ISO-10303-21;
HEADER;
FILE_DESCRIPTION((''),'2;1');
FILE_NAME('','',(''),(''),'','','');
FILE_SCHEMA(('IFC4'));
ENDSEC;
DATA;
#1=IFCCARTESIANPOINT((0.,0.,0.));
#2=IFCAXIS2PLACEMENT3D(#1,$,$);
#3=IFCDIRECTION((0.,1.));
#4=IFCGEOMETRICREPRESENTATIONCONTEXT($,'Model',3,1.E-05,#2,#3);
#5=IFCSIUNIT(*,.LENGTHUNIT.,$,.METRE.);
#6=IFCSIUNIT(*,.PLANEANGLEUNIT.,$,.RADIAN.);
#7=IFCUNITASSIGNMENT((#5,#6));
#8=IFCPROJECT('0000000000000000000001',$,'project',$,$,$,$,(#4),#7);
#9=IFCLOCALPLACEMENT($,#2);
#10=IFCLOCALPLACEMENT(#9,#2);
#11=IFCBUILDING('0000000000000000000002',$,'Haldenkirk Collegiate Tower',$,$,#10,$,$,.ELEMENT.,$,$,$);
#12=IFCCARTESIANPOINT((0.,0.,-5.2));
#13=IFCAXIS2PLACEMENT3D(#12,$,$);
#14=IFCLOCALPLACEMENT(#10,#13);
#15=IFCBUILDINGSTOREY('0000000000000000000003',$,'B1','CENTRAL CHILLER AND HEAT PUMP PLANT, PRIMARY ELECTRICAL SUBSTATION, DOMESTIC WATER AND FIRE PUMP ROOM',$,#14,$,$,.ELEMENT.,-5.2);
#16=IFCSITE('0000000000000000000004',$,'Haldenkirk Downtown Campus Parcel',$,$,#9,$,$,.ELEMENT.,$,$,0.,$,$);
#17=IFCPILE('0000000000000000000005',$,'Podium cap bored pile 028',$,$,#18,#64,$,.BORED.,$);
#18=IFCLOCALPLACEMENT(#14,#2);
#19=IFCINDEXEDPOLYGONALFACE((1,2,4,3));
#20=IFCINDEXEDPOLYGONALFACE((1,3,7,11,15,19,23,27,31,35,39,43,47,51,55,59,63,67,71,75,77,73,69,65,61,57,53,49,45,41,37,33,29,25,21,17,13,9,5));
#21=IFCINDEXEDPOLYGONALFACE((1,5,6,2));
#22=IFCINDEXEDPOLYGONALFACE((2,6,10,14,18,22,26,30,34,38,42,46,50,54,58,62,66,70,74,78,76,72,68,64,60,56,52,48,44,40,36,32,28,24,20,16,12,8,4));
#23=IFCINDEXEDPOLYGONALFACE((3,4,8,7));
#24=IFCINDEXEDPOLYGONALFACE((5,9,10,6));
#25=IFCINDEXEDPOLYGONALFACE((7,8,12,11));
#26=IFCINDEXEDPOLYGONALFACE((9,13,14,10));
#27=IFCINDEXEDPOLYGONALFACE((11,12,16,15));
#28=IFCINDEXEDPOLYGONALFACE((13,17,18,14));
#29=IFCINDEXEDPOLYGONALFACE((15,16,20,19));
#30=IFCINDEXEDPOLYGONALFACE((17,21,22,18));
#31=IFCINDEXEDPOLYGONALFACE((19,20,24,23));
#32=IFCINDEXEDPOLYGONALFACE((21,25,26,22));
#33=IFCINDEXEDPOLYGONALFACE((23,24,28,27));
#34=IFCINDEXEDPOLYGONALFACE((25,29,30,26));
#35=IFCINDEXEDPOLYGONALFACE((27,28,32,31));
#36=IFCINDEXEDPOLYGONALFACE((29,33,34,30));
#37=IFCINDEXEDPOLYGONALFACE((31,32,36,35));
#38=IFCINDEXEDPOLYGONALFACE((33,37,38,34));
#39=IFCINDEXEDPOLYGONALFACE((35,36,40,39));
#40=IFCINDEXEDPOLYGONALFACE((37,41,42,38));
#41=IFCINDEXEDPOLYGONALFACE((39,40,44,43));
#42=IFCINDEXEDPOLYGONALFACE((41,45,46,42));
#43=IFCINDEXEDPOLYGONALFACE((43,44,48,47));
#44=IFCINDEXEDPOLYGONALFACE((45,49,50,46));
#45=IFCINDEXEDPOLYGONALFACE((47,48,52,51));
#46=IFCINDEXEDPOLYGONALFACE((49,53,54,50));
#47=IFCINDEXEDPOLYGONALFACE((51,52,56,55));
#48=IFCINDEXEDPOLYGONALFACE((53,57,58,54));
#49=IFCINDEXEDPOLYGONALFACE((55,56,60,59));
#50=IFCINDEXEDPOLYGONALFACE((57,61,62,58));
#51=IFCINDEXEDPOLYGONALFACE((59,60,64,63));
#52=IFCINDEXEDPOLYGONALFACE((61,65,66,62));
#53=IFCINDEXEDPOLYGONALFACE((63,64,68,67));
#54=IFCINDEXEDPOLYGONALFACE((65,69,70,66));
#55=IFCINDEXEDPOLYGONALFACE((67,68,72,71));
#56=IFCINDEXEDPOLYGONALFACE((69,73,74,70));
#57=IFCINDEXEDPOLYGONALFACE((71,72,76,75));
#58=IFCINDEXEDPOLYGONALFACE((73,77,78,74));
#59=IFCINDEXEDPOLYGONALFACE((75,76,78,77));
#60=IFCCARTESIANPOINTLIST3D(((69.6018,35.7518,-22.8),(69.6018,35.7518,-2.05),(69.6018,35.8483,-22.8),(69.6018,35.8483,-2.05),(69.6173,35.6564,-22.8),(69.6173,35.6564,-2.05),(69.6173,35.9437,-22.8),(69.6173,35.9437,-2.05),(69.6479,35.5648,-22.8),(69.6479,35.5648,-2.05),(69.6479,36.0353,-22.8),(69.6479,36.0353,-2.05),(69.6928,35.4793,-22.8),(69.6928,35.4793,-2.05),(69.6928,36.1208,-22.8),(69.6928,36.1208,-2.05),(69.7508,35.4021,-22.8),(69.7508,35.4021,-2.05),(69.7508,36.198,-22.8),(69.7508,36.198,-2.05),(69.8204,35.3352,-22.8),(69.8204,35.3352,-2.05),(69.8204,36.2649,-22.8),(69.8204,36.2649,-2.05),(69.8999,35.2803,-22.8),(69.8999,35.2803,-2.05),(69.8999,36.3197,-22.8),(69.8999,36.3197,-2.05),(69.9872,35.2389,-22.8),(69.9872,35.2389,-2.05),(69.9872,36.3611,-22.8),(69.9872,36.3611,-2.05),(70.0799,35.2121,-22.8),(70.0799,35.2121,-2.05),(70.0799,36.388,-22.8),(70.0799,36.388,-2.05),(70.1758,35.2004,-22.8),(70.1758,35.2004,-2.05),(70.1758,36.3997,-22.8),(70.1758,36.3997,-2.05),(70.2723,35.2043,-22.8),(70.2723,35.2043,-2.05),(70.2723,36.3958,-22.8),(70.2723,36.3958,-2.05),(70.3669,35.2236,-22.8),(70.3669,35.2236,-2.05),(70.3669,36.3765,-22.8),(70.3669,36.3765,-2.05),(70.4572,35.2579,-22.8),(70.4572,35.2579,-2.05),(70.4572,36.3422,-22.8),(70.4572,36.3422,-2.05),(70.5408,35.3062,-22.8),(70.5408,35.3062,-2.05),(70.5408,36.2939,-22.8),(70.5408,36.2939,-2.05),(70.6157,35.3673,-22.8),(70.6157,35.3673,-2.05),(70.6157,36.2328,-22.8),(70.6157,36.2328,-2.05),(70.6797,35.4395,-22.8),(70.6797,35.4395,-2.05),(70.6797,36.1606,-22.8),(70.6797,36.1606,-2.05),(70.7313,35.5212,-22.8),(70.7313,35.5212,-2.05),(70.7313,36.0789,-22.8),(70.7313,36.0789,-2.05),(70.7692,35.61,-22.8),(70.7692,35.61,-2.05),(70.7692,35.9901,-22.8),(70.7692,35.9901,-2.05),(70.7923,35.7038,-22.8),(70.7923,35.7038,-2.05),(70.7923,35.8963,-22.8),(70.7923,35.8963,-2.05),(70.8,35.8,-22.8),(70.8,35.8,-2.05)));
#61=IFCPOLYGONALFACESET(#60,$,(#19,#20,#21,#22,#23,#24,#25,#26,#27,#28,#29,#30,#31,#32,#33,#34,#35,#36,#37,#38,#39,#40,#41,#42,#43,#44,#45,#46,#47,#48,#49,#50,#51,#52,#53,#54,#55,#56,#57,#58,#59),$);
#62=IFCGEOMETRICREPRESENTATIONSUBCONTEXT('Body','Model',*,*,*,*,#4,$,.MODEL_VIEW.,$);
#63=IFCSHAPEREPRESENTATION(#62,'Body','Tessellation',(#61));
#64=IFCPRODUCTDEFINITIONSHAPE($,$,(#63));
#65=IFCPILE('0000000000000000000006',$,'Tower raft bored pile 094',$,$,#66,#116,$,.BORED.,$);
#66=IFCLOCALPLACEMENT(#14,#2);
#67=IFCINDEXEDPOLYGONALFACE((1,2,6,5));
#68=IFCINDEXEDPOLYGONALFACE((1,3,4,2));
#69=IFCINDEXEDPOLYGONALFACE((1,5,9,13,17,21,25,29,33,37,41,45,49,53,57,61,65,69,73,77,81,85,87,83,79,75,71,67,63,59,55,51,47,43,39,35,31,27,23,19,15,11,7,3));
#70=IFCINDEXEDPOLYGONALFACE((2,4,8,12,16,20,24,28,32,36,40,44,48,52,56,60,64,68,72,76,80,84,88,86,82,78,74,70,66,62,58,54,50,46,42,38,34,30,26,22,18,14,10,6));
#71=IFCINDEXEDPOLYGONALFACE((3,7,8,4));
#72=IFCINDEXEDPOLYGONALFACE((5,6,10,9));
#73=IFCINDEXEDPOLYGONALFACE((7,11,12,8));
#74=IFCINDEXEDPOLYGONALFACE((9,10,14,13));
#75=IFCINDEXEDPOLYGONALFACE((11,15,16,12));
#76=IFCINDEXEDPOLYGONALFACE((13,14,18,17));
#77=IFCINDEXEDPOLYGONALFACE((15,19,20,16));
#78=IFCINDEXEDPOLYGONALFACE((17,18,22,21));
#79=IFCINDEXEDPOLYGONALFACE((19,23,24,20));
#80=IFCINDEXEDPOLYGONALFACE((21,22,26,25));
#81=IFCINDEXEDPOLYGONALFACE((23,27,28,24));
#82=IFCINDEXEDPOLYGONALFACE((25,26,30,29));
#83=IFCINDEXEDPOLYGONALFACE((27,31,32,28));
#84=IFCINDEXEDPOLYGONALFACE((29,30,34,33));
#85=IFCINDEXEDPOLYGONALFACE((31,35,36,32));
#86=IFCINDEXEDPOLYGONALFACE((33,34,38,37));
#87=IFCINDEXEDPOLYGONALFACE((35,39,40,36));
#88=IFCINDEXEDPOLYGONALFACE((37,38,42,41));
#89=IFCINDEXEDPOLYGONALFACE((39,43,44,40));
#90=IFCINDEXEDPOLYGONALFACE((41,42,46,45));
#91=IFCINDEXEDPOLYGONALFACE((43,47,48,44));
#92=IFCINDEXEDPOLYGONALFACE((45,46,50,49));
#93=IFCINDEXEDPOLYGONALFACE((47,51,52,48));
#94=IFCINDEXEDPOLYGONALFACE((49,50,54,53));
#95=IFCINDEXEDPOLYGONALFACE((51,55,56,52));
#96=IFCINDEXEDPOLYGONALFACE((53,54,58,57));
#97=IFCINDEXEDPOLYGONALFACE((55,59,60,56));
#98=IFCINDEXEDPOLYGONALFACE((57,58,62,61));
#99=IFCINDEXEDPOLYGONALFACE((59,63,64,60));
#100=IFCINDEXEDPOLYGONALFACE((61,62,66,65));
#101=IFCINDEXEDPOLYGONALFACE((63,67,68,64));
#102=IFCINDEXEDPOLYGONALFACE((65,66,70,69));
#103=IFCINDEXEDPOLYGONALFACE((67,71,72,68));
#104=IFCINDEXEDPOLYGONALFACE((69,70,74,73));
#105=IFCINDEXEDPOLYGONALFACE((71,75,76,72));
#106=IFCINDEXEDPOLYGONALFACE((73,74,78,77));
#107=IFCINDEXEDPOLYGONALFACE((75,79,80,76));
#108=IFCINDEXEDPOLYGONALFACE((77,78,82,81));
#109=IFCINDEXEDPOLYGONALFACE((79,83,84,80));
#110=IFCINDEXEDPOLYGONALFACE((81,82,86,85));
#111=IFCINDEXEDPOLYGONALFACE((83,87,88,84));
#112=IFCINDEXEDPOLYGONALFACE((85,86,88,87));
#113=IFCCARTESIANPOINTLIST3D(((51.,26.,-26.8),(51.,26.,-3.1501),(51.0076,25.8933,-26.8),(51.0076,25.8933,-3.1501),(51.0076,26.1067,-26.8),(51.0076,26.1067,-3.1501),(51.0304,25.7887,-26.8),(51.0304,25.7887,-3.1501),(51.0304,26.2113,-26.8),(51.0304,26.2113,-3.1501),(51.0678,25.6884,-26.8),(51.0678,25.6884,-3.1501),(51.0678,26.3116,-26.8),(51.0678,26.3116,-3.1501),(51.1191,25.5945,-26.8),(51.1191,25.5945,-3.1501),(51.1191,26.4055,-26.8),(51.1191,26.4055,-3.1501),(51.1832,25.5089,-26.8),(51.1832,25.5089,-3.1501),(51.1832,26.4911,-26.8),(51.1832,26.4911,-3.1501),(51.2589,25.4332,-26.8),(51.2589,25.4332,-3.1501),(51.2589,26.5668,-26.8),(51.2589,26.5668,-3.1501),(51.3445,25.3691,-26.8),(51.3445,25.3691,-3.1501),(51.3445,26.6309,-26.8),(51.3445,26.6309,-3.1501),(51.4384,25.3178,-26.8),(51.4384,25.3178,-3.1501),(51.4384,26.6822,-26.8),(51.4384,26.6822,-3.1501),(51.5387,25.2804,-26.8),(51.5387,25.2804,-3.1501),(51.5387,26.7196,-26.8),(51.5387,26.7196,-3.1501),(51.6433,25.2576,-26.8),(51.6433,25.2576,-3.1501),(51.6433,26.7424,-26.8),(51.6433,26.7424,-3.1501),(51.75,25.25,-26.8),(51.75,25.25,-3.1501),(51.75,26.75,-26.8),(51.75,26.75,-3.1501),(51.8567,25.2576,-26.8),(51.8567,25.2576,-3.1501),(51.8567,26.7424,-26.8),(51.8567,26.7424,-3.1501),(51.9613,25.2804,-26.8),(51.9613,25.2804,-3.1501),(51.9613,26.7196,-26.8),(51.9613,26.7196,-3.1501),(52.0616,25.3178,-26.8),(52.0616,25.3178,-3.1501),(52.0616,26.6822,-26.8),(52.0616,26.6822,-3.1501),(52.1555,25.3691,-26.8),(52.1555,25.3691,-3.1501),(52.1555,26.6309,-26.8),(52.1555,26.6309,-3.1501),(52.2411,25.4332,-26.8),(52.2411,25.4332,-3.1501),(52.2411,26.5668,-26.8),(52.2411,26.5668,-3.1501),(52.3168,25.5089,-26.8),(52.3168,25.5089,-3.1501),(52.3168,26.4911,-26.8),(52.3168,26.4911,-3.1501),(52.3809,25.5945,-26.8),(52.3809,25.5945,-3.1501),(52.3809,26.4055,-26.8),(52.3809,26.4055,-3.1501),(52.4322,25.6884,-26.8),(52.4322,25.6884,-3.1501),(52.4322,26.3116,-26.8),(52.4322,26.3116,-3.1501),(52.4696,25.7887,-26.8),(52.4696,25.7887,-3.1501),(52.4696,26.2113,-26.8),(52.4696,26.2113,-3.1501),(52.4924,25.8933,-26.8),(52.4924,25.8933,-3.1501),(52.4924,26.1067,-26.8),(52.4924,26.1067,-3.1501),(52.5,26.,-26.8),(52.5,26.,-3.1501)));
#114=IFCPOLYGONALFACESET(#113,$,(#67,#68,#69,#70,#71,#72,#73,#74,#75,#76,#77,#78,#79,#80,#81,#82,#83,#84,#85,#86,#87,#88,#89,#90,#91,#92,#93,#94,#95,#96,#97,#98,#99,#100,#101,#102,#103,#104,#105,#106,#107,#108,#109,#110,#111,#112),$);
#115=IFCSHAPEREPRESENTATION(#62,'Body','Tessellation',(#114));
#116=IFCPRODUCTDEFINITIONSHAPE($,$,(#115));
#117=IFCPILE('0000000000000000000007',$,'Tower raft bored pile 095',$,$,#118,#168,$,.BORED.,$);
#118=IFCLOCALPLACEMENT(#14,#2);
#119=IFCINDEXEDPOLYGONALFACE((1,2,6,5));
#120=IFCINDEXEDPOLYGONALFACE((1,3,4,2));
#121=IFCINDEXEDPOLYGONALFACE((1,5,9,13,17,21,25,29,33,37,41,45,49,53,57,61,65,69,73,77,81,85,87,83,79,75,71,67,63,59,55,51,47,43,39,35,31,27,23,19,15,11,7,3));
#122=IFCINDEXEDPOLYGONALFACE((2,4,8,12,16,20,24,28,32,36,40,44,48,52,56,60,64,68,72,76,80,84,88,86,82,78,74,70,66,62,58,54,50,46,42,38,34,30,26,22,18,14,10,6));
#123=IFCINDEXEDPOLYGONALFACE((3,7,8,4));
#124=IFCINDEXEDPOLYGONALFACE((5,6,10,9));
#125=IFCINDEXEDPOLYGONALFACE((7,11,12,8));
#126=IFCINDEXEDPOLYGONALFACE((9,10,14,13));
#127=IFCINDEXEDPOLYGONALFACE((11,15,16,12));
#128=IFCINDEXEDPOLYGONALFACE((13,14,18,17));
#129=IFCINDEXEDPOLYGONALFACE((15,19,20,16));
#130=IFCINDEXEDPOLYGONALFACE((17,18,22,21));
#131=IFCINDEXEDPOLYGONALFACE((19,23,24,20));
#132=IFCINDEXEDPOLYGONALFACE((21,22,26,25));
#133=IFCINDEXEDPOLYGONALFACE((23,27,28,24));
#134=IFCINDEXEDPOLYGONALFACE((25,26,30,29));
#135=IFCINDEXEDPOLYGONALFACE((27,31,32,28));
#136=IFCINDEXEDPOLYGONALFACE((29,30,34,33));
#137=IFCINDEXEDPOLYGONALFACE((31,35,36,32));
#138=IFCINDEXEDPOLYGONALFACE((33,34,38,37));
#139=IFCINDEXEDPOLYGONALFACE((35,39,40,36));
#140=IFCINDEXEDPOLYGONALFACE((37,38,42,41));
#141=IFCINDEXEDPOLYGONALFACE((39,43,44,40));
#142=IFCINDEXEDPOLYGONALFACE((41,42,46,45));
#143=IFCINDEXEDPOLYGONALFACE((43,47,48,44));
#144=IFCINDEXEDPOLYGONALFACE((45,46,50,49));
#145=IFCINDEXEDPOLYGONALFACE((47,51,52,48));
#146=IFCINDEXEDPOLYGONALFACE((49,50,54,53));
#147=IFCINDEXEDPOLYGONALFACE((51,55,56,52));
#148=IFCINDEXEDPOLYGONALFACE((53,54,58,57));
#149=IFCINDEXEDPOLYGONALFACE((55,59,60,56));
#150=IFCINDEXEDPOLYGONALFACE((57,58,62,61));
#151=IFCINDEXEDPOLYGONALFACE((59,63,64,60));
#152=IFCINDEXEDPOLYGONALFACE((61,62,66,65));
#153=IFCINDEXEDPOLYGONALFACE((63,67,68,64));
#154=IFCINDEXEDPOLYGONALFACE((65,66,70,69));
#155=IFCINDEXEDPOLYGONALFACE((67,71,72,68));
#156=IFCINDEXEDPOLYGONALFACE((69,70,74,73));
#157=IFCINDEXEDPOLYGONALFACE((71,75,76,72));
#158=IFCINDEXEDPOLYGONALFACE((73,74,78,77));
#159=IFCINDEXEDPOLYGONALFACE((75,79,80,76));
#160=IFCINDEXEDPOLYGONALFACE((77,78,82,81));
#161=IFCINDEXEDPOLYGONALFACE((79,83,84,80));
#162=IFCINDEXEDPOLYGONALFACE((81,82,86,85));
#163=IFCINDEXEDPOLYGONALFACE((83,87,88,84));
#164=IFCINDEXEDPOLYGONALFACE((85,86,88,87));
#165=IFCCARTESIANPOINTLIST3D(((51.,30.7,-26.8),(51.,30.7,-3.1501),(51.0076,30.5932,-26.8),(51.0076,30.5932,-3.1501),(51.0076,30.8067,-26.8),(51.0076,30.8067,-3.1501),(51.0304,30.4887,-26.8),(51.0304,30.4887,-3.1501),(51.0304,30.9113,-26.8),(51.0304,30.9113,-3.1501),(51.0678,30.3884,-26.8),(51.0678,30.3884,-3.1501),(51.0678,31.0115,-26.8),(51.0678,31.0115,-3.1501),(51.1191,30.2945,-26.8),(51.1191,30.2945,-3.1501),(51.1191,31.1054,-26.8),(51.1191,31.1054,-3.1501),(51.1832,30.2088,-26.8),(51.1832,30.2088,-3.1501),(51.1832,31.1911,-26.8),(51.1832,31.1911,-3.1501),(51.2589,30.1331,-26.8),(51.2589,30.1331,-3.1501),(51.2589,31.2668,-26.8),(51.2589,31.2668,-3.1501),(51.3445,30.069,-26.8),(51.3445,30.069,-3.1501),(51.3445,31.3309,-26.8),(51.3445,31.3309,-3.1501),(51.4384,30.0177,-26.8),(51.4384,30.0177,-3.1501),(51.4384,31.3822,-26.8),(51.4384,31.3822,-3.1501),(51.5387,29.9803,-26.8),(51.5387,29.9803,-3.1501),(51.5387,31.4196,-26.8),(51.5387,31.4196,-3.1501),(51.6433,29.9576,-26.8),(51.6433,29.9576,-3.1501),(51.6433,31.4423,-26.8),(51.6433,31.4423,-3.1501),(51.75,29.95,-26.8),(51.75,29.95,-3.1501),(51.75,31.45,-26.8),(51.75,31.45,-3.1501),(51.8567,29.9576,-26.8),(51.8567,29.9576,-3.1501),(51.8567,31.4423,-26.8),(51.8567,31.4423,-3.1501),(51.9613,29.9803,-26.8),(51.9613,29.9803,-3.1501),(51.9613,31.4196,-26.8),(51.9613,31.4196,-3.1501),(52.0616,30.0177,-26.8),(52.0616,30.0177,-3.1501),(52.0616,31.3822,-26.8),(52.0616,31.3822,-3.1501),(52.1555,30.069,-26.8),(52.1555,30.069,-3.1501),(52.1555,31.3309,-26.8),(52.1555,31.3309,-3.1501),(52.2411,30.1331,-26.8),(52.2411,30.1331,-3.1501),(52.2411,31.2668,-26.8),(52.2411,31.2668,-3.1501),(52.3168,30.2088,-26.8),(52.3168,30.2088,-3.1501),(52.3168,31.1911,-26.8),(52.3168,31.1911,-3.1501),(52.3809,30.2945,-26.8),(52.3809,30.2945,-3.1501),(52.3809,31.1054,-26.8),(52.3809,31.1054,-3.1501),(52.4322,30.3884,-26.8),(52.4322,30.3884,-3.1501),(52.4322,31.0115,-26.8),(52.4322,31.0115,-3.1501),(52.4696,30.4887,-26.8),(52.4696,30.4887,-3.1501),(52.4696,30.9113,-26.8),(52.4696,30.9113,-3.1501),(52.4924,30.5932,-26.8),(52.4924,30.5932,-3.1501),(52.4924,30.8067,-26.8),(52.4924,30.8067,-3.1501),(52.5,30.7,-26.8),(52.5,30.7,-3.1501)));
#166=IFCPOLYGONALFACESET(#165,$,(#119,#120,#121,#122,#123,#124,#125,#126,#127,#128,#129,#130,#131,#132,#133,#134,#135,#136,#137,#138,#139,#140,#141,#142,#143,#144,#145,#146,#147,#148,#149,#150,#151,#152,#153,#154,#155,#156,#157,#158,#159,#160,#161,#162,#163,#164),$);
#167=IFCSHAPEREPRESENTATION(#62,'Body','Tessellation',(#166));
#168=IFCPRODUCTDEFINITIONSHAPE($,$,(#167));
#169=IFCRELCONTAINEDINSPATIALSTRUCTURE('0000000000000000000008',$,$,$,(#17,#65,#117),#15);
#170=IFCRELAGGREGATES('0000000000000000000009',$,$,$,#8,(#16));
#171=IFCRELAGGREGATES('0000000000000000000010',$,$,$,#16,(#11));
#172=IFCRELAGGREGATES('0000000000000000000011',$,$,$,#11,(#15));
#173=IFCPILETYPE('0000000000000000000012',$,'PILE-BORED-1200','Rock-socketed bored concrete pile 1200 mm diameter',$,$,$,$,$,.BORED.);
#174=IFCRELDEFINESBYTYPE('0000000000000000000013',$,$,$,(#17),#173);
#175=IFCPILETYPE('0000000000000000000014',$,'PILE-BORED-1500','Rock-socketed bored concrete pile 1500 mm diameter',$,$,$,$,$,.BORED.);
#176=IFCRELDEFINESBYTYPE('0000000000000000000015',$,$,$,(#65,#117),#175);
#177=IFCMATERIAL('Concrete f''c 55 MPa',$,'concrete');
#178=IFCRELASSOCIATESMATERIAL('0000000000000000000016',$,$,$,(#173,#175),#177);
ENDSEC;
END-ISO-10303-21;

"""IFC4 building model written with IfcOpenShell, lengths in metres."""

from ifc_helpers import new_model, si_unit, direction, frame, origin, origin_2d, place, context, subcontext, project, spatial, circle, extrude, material, material_profile, profile_set, type_object, element, save


model = new_model("IFC4")

# Units and contexts
model_context = context("Model", 3, precision=1e-05, world=origin(), true_north=direction((0.0, 1.0)))
body_context = subcontext(model_context, "Body", "Model", "MODEL_VIEW")
ifc_project = project(units=[si_unit("LENGTHUNIT", "METRE"), si_unit("PLANEANGLEUNIT", "RADIAN")], contexts=[model_context])

# Site, building, storey
site_placement = place(None, origin())
site = spatial("IfcSite", under=ifc_project, at=site_placement, Name="Haldenkirk Downtown Campus Parcel", CompositionType="ELEMENT", RefElevation=0.0)
building_placement = place(site_placement, origin())
building = spatial("IfcBuilding", under=site, at=building_placement, Name="Haldenkirk Collegiate Tower", CompositionType="ELEMENT")
storey_placement = place(building_placement, frame((0.0, 0.0, -5.2)))
storey = spatial("IfcBuildingStorey", under=building, at=storey_placement, Name="B1", Description="CENTRAL CHILLER AND HEAT PUMP PLANT, PRIMARY ELECTRICAL SUBSTATION, DOMESTIC WATER AND FIRE PUMP ROOM", CompositionType="ELEMENT", Elevation=-5.2)

# Shared definitions
ifc_material_1 = material(Name="Concrete f'c 55 MPa", Category="concrete")

# Piles
ifc_material_profile_1 = material_profile(ifc_material_1, circle(Radius=0.6001, at=origin_2d()), Name="PILE1200")
ifc_profile_set_1 = profile_set([ifc_material_profile_1], Name="Concrete f'c 55 MPa")
pile_type_1 = type_object("IfcPileType", Name="PILE-BORED-1200", Description="Rock-socketed bored concrete pile 1200 mm diameter", PredefinedType="BORED", material=ifc_profile_set_1)
for number, where, z_axis, x_axis, name in (
    (1, (70.2, 35.8, -2.05), (0.0, 0.0, -1.0), (1.0, 0.0, 0.0), "Podium cap bored pile 028"),
):
    element("IfcPile", number, at=place(storey_placement, frame(where, z_axis=z_axis, x_axis=x_axis)), inside=storey, type_object=pile_type_1, Name=name, PredefinedType="BORED", context=body_context, shape_type="SweptSolid", body=[
        extrude(circle(Radius=0.6001, at=origin_2d()), origin(), (0.0, 0.0, 1.0), 20.75),
    ])
ifc_material_profile_2 = material_profile(ifc_material_1, circle(Radius=0.75, at=origin_2d()), Name="PILE1500")
ifc_profile_set_2 = profile_set([ifc_material_profile_2], Name="Concrete f'c 55 MPa")
pile_type_2 = type_object("IfcPileType", Name="PILE-BORED-1500", Description="Rock-socketed bored concrete pile 1500 mm diameter", PredefinedType="BORED", material=ifc_profile_set_2)
for number, where, z_axis, x_axis, name in (
    (2, (51.75, 26.0, -3.1501), (0.0, 0.0, -1.0), (1.0, 0.0, 0.0), "Tower raft bored pile 094"),
    (3, (51.75, 30.7, -3.1501), (0.0, 0.0, -1.0), (1.0, 0.0, 0.0), "Tower raft bored pile 095"),
):
    element("IfcPile", number, at=place(storey_placement, frame(where, z_axis=z_axis, x_axis=x_axis)), inside=storey, type_object=pile_type_2, Name=name, PredefinedType="BORED", context=body_context, shape_type="SweptSolid", body=[
        extrude(circle(Radius=0.75, at=origin_2d()), origin(), (0.0, 0.0, 1.0), 23.6499),
    ])

save(model, "model.ifc")
